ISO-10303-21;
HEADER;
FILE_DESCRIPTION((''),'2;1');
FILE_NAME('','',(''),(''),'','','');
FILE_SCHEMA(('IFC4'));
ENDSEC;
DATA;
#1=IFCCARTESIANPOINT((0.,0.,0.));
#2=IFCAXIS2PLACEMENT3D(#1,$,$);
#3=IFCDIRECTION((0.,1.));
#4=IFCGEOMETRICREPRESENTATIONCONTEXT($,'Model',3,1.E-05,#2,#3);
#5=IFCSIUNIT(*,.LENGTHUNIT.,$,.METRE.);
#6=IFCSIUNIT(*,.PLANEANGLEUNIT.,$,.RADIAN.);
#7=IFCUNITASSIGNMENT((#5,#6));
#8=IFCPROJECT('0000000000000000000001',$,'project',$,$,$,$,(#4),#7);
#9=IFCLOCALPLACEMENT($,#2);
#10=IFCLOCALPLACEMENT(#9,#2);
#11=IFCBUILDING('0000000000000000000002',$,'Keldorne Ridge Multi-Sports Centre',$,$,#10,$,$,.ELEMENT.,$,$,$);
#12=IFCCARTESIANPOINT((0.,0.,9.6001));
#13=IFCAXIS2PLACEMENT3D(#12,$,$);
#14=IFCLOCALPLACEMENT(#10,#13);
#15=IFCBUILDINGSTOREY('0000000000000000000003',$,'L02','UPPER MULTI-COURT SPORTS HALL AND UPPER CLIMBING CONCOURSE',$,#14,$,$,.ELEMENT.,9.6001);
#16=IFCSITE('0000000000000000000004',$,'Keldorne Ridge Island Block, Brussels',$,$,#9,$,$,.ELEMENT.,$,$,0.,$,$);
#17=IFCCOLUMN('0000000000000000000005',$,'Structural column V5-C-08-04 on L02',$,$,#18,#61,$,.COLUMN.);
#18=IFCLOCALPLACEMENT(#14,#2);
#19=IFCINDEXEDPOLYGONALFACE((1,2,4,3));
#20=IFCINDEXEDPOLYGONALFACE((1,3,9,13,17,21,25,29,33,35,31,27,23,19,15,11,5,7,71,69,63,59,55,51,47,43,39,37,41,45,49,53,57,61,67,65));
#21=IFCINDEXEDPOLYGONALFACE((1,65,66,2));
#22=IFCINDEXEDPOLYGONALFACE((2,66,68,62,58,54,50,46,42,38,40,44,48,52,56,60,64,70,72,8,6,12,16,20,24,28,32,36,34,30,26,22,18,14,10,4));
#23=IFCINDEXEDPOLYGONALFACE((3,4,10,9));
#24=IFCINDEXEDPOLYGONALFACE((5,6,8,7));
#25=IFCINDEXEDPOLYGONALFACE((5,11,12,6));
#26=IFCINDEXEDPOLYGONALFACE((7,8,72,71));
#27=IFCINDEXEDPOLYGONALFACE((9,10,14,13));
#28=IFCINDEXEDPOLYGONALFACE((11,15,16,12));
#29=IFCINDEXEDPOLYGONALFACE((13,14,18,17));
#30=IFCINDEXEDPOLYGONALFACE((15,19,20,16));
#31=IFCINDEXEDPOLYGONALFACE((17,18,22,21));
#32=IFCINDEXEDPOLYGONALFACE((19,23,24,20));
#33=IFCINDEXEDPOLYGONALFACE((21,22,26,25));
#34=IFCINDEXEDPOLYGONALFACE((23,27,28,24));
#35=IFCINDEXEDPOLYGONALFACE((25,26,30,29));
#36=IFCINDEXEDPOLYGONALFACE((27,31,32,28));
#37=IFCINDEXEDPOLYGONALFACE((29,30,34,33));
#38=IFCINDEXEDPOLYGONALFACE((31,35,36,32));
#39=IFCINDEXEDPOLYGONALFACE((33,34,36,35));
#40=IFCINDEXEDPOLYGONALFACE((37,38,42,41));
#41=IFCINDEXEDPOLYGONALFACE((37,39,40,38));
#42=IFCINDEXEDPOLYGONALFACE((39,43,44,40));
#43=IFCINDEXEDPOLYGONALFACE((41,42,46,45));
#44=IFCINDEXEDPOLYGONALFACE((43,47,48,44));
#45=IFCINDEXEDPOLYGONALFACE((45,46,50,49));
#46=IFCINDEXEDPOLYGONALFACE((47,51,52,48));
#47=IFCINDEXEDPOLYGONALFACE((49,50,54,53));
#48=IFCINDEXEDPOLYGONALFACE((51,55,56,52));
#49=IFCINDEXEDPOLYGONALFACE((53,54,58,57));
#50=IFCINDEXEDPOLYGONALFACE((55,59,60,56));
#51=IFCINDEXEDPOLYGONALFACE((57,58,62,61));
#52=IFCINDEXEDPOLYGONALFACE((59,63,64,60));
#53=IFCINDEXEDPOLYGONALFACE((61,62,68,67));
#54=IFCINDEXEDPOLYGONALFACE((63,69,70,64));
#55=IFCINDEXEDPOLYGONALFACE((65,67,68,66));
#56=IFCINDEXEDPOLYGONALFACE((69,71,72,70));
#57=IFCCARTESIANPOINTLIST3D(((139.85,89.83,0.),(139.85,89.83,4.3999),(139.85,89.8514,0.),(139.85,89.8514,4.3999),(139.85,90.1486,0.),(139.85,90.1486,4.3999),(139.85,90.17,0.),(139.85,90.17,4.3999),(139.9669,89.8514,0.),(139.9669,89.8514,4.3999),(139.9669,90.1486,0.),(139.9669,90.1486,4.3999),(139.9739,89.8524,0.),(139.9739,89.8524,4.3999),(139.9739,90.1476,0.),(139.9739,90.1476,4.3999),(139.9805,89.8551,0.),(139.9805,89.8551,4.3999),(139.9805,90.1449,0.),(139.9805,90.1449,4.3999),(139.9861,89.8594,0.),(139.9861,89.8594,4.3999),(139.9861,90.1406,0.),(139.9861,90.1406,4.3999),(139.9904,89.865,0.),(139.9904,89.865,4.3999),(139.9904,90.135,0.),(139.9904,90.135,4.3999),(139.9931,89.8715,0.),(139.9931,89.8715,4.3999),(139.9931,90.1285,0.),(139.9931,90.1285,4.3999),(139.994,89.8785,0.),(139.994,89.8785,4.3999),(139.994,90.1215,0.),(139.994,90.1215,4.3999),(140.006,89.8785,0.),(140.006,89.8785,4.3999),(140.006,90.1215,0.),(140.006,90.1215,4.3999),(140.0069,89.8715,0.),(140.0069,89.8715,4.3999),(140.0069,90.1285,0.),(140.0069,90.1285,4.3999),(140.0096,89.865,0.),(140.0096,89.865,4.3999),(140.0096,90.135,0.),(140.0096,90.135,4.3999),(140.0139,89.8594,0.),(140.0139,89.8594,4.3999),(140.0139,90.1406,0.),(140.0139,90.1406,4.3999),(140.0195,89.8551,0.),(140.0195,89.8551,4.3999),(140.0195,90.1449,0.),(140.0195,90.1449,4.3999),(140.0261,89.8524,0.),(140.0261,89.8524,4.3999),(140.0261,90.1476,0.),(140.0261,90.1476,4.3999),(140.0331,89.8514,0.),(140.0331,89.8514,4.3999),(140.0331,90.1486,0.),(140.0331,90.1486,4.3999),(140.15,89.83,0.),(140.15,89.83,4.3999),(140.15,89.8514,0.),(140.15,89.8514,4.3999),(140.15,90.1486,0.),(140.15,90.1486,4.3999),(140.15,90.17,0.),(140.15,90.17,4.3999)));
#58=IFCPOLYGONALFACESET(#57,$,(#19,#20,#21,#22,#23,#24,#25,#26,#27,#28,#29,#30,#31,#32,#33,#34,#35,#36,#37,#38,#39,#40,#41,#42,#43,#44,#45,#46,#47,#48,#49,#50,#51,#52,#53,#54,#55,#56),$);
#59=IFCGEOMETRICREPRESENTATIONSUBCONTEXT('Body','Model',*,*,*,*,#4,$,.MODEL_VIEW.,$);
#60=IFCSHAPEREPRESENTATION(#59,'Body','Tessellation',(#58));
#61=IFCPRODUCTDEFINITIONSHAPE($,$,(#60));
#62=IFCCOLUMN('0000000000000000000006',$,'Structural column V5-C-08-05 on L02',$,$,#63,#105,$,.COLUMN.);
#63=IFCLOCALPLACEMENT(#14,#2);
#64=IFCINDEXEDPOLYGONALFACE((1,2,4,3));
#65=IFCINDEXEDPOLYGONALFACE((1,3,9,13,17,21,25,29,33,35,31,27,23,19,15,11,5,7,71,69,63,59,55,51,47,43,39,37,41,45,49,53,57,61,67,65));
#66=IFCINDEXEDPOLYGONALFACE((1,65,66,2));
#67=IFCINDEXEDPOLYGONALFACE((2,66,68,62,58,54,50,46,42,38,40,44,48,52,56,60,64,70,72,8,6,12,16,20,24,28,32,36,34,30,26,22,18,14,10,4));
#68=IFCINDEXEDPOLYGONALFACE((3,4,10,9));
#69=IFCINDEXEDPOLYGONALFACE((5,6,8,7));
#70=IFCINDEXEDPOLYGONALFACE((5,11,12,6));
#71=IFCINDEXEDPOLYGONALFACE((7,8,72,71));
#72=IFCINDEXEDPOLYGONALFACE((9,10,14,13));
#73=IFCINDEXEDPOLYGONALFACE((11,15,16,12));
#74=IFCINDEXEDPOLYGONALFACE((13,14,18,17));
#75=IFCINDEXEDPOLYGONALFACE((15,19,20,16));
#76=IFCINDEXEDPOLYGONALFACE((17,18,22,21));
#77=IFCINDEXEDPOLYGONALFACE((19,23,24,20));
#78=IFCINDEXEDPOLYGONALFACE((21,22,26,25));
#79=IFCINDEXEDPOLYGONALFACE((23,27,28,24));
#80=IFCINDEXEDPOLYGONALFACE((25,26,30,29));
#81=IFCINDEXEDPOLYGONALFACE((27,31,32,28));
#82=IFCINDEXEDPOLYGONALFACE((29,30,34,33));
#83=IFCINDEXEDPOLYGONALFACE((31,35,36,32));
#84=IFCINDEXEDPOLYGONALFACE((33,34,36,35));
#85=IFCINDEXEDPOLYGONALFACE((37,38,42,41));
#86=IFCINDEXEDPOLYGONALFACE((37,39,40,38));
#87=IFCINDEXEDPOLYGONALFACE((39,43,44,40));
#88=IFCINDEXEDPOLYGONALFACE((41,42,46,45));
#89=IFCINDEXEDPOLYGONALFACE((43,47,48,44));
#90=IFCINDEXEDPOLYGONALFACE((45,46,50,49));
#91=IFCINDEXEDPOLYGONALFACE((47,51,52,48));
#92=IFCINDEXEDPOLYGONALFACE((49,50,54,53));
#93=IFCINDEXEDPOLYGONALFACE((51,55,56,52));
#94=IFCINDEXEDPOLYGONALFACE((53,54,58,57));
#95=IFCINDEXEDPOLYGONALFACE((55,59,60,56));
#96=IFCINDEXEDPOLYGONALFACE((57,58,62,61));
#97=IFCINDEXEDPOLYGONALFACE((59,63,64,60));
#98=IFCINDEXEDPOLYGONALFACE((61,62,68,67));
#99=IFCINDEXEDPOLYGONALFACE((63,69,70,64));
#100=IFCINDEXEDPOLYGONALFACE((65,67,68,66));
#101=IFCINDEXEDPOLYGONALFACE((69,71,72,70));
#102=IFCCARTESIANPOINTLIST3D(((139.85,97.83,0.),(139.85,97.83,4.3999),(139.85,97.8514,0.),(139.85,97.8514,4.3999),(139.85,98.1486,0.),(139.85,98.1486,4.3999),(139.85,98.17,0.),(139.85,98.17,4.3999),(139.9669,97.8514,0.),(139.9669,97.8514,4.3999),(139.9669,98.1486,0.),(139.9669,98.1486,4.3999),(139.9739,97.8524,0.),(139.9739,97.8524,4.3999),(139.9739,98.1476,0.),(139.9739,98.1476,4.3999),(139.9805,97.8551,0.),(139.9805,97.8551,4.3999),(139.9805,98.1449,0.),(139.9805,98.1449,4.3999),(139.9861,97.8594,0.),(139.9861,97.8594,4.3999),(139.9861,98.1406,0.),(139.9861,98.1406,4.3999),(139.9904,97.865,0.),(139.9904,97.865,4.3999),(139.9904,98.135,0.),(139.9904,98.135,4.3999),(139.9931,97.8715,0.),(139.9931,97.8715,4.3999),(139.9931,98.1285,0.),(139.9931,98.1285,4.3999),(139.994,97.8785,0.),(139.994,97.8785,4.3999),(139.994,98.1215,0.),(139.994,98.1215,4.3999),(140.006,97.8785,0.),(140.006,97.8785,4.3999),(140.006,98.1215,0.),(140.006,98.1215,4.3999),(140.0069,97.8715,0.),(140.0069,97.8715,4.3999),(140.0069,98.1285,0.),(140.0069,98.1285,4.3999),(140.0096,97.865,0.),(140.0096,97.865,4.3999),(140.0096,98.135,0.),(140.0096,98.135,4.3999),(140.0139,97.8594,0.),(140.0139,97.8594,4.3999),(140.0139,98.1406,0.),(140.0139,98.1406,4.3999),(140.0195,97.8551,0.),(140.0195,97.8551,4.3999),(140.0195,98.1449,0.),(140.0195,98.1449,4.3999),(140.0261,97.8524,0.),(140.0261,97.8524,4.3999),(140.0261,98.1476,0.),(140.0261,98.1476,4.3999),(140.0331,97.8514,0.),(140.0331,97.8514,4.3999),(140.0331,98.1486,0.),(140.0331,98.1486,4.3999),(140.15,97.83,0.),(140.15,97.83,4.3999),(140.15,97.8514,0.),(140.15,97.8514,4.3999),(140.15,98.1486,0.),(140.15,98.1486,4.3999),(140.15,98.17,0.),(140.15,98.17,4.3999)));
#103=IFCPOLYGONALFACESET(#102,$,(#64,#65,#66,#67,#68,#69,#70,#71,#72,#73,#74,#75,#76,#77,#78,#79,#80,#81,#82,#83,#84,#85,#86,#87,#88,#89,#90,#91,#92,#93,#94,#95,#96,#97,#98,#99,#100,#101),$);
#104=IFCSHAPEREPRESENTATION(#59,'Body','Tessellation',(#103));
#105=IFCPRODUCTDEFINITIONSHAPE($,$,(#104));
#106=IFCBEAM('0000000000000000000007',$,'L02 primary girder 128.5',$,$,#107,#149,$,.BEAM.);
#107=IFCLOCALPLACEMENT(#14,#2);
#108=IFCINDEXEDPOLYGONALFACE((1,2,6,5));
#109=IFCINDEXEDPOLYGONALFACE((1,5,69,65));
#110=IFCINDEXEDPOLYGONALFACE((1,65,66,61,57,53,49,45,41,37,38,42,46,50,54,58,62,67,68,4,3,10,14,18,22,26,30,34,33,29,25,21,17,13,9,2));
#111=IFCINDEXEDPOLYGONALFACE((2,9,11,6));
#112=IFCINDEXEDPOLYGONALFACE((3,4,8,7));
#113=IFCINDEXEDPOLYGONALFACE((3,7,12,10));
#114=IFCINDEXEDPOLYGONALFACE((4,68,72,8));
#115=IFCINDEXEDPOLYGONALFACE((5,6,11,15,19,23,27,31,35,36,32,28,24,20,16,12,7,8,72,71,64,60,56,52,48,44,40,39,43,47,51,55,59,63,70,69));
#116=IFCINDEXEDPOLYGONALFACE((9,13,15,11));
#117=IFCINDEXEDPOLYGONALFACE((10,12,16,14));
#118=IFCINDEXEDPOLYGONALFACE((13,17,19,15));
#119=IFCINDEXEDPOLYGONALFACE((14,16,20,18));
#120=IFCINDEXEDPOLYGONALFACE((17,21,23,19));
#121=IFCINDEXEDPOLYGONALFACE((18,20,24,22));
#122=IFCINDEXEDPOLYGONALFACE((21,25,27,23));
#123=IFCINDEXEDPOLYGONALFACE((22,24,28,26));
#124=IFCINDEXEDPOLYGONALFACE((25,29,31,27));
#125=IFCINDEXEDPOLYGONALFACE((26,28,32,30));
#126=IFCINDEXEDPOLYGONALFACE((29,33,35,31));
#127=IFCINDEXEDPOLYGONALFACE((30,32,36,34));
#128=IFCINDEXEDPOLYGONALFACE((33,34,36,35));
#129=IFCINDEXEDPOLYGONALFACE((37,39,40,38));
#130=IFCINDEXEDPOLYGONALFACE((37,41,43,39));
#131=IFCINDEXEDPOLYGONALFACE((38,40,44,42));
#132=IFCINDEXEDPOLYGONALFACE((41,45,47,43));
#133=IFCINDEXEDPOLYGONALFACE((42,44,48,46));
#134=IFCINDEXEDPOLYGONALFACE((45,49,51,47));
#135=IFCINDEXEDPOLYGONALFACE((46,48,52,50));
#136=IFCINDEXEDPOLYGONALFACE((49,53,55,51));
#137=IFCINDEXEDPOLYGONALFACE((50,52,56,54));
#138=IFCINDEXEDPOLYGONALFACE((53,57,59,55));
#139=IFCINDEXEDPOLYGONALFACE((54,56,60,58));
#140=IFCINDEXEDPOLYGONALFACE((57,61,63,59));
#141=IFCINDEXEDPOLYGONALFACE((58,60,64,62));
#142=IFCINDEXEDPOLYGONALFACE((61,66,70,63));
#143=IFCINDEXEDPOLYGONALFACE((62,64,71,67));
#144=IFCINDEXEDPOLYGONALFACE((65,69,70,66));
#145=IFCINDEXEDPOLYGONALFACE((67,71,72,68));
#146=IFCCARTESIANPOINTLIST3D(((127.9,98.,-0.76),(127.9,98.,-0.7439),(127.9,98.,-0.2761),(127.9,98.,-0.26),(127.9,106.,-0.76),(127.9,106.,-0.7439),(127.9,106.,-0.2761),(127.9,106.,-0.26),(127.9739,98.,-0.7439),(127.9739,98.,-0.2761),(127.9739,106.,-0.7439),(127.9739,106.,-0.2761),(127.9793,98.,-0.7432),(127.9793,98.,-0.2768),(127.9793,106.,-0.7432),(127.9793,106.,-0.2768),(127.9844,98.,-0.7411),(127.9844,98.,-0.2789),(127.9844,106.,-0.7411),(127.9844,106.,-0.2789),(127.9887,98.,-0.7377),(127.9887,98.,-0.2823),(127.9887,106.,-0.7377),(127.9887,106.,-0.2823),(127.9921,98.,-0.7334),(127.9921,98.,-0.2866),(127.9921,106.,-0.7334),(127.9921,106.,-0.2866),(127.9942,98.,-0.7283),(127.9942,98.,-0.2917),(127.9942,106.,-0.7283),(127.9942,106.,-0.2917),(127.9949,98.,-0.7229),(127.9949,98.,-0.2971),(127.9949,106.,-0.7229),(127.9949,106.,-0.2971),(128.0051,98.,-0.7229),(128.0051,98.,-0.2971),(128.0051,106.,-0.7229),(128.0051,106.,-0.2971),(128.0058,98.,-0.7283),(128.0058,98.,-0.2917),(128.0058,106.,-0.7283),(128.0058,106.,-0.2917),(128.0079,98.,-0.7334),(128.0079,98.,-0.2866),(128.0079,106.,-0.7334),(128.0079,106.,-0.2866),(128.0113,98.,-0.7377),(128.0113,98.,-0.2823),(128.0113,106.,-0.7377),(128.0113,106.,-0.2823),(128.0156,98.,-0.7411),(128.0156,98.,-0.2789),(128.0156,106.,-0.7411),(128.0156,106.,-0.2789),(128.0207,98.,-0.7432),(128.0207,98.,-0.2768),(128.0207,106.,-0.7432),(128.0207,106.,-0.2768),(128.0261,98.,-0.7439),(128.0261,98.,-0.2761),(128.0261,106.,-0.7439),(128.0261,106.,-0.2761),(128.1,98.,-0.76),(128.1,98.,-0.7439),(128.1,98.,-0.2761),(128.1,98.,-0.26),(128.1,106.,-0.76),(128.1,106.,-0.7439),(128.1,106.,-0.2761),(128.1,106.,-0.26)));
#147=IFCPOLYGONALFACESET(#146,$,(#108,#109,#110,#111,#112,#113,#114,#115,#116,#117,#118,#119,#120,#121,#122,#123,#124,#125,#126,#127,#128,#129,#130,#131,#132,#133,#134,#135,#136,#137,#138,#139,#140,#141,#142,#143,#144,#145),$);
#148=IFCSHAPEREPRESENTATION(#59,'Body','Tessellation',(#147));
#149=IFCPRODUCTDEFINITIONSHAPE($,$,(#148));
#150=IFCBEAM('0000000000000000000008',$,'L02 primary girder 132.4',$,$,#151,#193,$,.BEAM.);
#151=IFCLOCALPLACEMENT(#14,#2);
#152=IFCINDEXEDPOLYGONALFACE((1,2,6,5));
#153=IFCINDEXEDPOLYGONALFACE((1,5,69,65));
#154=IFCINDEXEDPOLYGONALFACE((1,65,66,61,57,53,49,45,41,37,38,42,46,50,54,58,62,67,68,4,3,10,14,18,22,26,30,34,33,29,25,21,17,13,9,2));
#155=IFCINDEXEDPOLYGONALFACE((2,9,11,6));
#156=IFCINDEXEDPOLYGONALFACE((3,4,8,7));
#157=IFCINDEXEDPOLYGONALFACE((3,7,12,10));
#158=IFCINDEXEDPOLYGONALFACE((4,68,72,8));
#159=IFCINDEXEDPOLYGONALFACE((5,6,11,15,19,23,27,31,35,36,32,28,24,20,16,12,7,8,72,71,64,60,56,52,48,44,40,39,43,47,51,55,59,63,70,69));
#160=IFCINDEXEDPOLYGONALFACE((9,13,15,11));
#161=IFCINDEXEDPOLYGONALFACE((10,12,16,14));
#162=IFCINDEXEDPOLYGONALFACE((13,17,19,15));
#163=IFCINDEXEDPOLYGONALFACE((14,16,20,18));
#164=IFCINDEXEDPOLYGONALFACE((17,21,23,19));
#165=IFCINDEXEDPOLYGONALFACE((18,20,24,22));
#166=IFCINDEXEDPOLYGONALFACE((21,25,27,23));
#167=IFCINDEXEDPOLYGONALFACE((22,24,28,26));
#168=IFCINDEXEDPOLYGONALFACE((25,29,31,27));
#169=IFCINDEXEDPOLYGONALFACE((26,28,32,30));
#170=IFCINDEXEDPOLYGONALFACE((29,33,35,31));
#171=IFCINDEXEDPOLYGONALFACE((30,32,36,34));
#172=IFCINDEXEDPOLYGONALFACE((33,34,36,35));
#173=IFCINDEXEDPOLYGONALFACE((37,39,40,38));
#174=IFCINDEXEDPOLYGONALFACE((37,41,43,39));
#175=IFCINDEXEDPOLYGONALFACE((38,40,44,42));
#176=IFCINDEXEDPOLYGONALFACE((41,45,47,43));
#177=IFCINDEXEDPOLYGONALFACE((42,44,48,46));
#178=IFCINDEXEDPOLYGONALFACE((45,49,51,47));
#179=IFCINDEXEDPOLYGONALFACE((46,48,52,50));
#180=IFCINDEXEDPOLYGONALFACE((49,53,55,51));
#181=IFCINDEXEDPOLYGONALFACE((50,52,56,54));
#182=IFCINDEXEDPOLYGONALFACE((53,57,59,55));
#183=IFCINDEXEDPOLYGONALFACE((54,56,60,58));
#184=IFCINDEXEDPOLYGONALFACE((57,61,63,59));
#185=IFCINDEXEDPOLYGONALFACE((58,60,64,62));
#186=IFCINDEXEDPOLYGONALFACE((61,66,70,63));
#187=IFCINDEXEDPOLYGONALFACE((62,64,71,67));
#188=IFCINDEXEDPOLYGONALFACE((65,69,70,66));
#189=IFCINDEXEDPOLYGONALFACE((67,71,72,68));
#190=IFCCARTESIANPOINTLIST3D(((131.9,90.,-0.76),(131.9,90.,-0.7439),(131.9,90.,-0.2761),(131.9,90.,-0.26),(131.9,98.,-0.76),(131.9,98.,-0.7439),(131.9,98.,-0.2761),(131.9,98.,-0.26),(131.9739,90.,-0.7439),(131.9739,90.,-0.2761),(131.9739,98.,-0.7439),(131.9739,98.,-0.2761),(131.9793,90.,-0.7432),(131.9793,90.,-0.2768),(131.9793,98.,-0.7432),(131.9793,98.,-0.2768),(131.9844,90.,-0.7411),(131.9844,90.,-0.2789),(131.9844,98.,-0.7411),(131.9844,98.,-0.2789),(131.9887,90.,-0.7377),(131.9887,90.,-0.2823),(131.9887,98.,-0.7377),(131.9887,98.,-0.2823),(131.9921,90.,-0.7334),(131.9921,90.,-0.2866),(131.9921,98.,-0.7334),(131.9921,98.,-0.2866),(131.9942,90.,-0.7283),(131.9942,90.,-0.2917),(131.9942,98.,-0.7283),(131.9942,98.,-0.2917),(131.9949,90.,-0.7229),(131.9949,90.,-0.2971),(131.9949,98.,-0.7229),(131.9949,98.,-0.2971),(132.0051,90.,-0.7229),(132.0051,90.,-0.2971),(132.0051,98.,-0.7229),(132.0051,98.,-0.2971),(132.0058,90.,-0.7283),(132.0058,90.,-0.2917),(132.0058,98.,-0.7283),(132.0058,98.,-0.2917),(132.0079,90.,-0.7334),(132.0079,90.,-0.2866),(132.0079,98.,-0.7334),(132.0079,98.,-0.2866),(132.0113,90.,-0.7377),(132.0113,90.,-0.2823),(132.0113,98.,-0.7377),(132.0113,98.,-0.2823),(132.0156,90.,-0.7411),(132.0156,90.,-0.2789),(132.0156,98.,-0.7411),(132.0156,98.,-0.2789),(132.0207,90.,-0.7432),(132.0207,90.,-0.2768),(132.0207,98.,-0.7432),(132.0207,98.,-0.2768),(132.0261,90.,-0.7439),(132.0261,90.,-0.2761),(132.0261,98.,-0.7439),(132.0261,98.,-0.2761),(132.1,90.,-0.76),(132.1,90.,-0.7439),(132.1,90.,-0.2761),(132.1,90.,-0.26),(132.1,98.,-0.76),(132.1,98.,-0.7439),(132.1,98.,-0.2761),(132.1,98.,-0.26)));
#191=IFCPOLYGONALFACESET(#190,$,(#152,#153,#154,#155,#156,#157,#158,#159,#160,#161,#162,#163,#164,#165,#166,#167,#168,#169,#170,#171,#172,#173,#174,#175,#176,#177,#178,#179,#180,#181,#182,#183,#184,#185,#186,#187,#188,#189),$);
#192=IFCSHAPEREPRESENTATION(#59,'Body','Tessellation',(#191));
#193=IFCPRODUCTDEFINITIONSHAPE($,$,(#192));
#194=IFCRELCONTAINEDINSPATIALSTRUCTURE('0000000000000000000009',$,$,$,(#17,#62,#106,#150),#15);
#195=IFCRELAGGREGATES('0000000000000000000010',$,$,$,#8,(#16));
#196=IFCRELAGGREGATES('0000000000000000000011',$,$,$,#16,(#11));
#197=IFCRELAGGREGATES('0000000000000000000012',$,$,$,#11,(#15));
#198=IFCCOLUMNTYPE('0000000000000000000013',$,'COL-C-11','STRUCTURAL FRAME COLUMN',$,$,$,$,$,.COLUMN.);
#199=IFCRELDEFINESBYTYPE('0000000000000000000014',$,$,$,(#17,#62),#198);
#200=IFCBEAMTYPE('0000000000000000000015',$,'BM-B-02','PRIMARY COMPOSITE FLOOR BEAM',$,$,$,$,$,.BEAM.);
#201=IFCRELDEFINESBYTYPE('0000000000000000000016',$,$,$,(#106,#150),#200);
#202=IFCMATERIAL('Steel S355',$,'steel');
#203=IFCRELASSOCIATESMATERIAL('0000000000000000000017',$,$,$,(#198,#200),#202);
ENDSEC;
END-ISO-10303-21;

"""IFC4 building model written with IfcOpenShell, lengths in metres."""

from ifc_helpers import new_model, si_unit, direction, frame, origin, origin_2d, place, context, subcontext, project, spatial, i_section, extrude, material, material_profile, profile_set, type_object, element, save


model = new_model("IFC4")

# Units and contexts
model_context = context("Model", 3, precision=1e-05, world=origin(), true_north=direction((0.0, 1.0)))
body_context = subcontext(model_context, "Body", "Model", "MODEL_VIEW")
ifc_project = project(units=[si_unit("LENGTHUNIT", "METRE"), si_unit("PLANEANGLEUNIT", "RADIAN")], contexts=[model_context])

# Site, building, storey
site_placement = place(None, origin())
site = spatial("IfcSite", under=ifc_project, at=site_placement, Name="Keldorne Ridge Island Block, Brussels", CompositionType="ELEMENT", RefElevation=0.0)
building_placement = place(site_placement, origin())
building = spatial("IfcBuilding", under=site, at=building_placement, Name="Keldorne Ridge Multi-Sports Centre", CompositionType="ELEMENT")
storey_placement = place(building_placement, frame((0.0, 0.0, 9.6001)))
storey = spatial("IfcBuildingStorey", under=building, at=storey_placement, Name="L02", Description="UPPER MULTI-COURT SPORTS HALL AND UPPER CLIMBING CONCOURSE", CompositionType="ELEMENT", Elevation=9.6001)

# Columns
ifc_material_1 = material(Name="Steel S355", Category="steel")
ifc_material_profile_1 = material_profile(ifc_material_1, i_section(OverallWidth=0.3, OverallDepth=0.3401, WebThickness=0.012, FlangeThickness=0.0215, FilletRadius=0.0271, at=origin_2d()), Name="HEB 340")
ifc_profile_set_1 = profile_set([ifc_material_profile_1], Name="Steel S355")
column_type = type_object("IfcColumnType", Name="COL-C-11", Description="STRUCTURAL FRAME COLUMN", PredefinedType="COLUMN", material=ifc_profile_set_1)
for number, where, z_axis, x_axis, name in (
    (1, (140.0, 90.0, 0.0), (0.0, 0.0, 1.0), (1.0, 0.0, 0.0), "Structural column V5-C-08-04 on L02"),
    (2, (140.0, 98.0, 0.0), (0.0, 0.0, 1.0), (1.0, 0.0, 0.0), "Structural column V5-C-08-05 on L02"),
):
    element("IfcColumn", number, at=place(storey_placement, frame(where, z_axis=z_axis, x_axis=x_axis)), inside=storey, type_object=column_type, Name=name, PredefinedType="COLUMN", context=body_context, shape_type="SweptSolid", body=[
        extrude(i_section(OverallWidth=0.3, OverallDepth=0.3401, WebThickness=0.012, FlangeThickness=0.0215, FilletRadius=0.0271, at=origin_2d()), origin(), (0.0, 0.0, 1.0), 4.3999),
    ])

# Beams
ifc_material_profile_2 = material_profile(ifc_material_1, i_section(OverallWidth=0.2, OverallDepth=0.5, WebThickness=0.0103, FlangeThickness=0.0161, FilletRadius=0.021, at=origin_2d()), Name="IPE 500")
ifc_profile_set_2 = profile_set([ifc_material_profile_2], Name="Steel S355")
beam_type_1 = type_object("IfcBeamType", Name="BM-B-02", Description="PRIMARY COMPOSITE FLOOR BEAM", PredefinedType="BEAM", material=ifc_profile_set_2)
for number, where, z_axis, x_axis, name in (
    (3, (128.0, 98.0, -0.51), (0.0, 1.0, 0.0), (-1.0, 0.0, 0.0), "L02 primary girder 128.5"),
    (4, (132.0, 90.0, -0.51), (0.0, 1.0, 0.0), (-1.0, 0.0, 0.0), "L02 primary girder 132.4"),
):
    element("IfcBeam", number, at=place(storey_placement, frame(where, z_axis=z_axis, x_axis=x_axis)), inside=storey, type_object=beam_type_1, Name=name, PredefinedType="BEAM", context=body_context, shape_type="SweptSolid", body=[
        extrude(i_section(OverallWidth=0.2, OverallDepth=0.5, WebThickness=0.0103, FlangeThickness=0.0161, FilletRadius=0.021, at=origin_2d()), origin(), (0.0, 0.0, 1.0), 8.0),
    ])

save(model, "model.ifc")
